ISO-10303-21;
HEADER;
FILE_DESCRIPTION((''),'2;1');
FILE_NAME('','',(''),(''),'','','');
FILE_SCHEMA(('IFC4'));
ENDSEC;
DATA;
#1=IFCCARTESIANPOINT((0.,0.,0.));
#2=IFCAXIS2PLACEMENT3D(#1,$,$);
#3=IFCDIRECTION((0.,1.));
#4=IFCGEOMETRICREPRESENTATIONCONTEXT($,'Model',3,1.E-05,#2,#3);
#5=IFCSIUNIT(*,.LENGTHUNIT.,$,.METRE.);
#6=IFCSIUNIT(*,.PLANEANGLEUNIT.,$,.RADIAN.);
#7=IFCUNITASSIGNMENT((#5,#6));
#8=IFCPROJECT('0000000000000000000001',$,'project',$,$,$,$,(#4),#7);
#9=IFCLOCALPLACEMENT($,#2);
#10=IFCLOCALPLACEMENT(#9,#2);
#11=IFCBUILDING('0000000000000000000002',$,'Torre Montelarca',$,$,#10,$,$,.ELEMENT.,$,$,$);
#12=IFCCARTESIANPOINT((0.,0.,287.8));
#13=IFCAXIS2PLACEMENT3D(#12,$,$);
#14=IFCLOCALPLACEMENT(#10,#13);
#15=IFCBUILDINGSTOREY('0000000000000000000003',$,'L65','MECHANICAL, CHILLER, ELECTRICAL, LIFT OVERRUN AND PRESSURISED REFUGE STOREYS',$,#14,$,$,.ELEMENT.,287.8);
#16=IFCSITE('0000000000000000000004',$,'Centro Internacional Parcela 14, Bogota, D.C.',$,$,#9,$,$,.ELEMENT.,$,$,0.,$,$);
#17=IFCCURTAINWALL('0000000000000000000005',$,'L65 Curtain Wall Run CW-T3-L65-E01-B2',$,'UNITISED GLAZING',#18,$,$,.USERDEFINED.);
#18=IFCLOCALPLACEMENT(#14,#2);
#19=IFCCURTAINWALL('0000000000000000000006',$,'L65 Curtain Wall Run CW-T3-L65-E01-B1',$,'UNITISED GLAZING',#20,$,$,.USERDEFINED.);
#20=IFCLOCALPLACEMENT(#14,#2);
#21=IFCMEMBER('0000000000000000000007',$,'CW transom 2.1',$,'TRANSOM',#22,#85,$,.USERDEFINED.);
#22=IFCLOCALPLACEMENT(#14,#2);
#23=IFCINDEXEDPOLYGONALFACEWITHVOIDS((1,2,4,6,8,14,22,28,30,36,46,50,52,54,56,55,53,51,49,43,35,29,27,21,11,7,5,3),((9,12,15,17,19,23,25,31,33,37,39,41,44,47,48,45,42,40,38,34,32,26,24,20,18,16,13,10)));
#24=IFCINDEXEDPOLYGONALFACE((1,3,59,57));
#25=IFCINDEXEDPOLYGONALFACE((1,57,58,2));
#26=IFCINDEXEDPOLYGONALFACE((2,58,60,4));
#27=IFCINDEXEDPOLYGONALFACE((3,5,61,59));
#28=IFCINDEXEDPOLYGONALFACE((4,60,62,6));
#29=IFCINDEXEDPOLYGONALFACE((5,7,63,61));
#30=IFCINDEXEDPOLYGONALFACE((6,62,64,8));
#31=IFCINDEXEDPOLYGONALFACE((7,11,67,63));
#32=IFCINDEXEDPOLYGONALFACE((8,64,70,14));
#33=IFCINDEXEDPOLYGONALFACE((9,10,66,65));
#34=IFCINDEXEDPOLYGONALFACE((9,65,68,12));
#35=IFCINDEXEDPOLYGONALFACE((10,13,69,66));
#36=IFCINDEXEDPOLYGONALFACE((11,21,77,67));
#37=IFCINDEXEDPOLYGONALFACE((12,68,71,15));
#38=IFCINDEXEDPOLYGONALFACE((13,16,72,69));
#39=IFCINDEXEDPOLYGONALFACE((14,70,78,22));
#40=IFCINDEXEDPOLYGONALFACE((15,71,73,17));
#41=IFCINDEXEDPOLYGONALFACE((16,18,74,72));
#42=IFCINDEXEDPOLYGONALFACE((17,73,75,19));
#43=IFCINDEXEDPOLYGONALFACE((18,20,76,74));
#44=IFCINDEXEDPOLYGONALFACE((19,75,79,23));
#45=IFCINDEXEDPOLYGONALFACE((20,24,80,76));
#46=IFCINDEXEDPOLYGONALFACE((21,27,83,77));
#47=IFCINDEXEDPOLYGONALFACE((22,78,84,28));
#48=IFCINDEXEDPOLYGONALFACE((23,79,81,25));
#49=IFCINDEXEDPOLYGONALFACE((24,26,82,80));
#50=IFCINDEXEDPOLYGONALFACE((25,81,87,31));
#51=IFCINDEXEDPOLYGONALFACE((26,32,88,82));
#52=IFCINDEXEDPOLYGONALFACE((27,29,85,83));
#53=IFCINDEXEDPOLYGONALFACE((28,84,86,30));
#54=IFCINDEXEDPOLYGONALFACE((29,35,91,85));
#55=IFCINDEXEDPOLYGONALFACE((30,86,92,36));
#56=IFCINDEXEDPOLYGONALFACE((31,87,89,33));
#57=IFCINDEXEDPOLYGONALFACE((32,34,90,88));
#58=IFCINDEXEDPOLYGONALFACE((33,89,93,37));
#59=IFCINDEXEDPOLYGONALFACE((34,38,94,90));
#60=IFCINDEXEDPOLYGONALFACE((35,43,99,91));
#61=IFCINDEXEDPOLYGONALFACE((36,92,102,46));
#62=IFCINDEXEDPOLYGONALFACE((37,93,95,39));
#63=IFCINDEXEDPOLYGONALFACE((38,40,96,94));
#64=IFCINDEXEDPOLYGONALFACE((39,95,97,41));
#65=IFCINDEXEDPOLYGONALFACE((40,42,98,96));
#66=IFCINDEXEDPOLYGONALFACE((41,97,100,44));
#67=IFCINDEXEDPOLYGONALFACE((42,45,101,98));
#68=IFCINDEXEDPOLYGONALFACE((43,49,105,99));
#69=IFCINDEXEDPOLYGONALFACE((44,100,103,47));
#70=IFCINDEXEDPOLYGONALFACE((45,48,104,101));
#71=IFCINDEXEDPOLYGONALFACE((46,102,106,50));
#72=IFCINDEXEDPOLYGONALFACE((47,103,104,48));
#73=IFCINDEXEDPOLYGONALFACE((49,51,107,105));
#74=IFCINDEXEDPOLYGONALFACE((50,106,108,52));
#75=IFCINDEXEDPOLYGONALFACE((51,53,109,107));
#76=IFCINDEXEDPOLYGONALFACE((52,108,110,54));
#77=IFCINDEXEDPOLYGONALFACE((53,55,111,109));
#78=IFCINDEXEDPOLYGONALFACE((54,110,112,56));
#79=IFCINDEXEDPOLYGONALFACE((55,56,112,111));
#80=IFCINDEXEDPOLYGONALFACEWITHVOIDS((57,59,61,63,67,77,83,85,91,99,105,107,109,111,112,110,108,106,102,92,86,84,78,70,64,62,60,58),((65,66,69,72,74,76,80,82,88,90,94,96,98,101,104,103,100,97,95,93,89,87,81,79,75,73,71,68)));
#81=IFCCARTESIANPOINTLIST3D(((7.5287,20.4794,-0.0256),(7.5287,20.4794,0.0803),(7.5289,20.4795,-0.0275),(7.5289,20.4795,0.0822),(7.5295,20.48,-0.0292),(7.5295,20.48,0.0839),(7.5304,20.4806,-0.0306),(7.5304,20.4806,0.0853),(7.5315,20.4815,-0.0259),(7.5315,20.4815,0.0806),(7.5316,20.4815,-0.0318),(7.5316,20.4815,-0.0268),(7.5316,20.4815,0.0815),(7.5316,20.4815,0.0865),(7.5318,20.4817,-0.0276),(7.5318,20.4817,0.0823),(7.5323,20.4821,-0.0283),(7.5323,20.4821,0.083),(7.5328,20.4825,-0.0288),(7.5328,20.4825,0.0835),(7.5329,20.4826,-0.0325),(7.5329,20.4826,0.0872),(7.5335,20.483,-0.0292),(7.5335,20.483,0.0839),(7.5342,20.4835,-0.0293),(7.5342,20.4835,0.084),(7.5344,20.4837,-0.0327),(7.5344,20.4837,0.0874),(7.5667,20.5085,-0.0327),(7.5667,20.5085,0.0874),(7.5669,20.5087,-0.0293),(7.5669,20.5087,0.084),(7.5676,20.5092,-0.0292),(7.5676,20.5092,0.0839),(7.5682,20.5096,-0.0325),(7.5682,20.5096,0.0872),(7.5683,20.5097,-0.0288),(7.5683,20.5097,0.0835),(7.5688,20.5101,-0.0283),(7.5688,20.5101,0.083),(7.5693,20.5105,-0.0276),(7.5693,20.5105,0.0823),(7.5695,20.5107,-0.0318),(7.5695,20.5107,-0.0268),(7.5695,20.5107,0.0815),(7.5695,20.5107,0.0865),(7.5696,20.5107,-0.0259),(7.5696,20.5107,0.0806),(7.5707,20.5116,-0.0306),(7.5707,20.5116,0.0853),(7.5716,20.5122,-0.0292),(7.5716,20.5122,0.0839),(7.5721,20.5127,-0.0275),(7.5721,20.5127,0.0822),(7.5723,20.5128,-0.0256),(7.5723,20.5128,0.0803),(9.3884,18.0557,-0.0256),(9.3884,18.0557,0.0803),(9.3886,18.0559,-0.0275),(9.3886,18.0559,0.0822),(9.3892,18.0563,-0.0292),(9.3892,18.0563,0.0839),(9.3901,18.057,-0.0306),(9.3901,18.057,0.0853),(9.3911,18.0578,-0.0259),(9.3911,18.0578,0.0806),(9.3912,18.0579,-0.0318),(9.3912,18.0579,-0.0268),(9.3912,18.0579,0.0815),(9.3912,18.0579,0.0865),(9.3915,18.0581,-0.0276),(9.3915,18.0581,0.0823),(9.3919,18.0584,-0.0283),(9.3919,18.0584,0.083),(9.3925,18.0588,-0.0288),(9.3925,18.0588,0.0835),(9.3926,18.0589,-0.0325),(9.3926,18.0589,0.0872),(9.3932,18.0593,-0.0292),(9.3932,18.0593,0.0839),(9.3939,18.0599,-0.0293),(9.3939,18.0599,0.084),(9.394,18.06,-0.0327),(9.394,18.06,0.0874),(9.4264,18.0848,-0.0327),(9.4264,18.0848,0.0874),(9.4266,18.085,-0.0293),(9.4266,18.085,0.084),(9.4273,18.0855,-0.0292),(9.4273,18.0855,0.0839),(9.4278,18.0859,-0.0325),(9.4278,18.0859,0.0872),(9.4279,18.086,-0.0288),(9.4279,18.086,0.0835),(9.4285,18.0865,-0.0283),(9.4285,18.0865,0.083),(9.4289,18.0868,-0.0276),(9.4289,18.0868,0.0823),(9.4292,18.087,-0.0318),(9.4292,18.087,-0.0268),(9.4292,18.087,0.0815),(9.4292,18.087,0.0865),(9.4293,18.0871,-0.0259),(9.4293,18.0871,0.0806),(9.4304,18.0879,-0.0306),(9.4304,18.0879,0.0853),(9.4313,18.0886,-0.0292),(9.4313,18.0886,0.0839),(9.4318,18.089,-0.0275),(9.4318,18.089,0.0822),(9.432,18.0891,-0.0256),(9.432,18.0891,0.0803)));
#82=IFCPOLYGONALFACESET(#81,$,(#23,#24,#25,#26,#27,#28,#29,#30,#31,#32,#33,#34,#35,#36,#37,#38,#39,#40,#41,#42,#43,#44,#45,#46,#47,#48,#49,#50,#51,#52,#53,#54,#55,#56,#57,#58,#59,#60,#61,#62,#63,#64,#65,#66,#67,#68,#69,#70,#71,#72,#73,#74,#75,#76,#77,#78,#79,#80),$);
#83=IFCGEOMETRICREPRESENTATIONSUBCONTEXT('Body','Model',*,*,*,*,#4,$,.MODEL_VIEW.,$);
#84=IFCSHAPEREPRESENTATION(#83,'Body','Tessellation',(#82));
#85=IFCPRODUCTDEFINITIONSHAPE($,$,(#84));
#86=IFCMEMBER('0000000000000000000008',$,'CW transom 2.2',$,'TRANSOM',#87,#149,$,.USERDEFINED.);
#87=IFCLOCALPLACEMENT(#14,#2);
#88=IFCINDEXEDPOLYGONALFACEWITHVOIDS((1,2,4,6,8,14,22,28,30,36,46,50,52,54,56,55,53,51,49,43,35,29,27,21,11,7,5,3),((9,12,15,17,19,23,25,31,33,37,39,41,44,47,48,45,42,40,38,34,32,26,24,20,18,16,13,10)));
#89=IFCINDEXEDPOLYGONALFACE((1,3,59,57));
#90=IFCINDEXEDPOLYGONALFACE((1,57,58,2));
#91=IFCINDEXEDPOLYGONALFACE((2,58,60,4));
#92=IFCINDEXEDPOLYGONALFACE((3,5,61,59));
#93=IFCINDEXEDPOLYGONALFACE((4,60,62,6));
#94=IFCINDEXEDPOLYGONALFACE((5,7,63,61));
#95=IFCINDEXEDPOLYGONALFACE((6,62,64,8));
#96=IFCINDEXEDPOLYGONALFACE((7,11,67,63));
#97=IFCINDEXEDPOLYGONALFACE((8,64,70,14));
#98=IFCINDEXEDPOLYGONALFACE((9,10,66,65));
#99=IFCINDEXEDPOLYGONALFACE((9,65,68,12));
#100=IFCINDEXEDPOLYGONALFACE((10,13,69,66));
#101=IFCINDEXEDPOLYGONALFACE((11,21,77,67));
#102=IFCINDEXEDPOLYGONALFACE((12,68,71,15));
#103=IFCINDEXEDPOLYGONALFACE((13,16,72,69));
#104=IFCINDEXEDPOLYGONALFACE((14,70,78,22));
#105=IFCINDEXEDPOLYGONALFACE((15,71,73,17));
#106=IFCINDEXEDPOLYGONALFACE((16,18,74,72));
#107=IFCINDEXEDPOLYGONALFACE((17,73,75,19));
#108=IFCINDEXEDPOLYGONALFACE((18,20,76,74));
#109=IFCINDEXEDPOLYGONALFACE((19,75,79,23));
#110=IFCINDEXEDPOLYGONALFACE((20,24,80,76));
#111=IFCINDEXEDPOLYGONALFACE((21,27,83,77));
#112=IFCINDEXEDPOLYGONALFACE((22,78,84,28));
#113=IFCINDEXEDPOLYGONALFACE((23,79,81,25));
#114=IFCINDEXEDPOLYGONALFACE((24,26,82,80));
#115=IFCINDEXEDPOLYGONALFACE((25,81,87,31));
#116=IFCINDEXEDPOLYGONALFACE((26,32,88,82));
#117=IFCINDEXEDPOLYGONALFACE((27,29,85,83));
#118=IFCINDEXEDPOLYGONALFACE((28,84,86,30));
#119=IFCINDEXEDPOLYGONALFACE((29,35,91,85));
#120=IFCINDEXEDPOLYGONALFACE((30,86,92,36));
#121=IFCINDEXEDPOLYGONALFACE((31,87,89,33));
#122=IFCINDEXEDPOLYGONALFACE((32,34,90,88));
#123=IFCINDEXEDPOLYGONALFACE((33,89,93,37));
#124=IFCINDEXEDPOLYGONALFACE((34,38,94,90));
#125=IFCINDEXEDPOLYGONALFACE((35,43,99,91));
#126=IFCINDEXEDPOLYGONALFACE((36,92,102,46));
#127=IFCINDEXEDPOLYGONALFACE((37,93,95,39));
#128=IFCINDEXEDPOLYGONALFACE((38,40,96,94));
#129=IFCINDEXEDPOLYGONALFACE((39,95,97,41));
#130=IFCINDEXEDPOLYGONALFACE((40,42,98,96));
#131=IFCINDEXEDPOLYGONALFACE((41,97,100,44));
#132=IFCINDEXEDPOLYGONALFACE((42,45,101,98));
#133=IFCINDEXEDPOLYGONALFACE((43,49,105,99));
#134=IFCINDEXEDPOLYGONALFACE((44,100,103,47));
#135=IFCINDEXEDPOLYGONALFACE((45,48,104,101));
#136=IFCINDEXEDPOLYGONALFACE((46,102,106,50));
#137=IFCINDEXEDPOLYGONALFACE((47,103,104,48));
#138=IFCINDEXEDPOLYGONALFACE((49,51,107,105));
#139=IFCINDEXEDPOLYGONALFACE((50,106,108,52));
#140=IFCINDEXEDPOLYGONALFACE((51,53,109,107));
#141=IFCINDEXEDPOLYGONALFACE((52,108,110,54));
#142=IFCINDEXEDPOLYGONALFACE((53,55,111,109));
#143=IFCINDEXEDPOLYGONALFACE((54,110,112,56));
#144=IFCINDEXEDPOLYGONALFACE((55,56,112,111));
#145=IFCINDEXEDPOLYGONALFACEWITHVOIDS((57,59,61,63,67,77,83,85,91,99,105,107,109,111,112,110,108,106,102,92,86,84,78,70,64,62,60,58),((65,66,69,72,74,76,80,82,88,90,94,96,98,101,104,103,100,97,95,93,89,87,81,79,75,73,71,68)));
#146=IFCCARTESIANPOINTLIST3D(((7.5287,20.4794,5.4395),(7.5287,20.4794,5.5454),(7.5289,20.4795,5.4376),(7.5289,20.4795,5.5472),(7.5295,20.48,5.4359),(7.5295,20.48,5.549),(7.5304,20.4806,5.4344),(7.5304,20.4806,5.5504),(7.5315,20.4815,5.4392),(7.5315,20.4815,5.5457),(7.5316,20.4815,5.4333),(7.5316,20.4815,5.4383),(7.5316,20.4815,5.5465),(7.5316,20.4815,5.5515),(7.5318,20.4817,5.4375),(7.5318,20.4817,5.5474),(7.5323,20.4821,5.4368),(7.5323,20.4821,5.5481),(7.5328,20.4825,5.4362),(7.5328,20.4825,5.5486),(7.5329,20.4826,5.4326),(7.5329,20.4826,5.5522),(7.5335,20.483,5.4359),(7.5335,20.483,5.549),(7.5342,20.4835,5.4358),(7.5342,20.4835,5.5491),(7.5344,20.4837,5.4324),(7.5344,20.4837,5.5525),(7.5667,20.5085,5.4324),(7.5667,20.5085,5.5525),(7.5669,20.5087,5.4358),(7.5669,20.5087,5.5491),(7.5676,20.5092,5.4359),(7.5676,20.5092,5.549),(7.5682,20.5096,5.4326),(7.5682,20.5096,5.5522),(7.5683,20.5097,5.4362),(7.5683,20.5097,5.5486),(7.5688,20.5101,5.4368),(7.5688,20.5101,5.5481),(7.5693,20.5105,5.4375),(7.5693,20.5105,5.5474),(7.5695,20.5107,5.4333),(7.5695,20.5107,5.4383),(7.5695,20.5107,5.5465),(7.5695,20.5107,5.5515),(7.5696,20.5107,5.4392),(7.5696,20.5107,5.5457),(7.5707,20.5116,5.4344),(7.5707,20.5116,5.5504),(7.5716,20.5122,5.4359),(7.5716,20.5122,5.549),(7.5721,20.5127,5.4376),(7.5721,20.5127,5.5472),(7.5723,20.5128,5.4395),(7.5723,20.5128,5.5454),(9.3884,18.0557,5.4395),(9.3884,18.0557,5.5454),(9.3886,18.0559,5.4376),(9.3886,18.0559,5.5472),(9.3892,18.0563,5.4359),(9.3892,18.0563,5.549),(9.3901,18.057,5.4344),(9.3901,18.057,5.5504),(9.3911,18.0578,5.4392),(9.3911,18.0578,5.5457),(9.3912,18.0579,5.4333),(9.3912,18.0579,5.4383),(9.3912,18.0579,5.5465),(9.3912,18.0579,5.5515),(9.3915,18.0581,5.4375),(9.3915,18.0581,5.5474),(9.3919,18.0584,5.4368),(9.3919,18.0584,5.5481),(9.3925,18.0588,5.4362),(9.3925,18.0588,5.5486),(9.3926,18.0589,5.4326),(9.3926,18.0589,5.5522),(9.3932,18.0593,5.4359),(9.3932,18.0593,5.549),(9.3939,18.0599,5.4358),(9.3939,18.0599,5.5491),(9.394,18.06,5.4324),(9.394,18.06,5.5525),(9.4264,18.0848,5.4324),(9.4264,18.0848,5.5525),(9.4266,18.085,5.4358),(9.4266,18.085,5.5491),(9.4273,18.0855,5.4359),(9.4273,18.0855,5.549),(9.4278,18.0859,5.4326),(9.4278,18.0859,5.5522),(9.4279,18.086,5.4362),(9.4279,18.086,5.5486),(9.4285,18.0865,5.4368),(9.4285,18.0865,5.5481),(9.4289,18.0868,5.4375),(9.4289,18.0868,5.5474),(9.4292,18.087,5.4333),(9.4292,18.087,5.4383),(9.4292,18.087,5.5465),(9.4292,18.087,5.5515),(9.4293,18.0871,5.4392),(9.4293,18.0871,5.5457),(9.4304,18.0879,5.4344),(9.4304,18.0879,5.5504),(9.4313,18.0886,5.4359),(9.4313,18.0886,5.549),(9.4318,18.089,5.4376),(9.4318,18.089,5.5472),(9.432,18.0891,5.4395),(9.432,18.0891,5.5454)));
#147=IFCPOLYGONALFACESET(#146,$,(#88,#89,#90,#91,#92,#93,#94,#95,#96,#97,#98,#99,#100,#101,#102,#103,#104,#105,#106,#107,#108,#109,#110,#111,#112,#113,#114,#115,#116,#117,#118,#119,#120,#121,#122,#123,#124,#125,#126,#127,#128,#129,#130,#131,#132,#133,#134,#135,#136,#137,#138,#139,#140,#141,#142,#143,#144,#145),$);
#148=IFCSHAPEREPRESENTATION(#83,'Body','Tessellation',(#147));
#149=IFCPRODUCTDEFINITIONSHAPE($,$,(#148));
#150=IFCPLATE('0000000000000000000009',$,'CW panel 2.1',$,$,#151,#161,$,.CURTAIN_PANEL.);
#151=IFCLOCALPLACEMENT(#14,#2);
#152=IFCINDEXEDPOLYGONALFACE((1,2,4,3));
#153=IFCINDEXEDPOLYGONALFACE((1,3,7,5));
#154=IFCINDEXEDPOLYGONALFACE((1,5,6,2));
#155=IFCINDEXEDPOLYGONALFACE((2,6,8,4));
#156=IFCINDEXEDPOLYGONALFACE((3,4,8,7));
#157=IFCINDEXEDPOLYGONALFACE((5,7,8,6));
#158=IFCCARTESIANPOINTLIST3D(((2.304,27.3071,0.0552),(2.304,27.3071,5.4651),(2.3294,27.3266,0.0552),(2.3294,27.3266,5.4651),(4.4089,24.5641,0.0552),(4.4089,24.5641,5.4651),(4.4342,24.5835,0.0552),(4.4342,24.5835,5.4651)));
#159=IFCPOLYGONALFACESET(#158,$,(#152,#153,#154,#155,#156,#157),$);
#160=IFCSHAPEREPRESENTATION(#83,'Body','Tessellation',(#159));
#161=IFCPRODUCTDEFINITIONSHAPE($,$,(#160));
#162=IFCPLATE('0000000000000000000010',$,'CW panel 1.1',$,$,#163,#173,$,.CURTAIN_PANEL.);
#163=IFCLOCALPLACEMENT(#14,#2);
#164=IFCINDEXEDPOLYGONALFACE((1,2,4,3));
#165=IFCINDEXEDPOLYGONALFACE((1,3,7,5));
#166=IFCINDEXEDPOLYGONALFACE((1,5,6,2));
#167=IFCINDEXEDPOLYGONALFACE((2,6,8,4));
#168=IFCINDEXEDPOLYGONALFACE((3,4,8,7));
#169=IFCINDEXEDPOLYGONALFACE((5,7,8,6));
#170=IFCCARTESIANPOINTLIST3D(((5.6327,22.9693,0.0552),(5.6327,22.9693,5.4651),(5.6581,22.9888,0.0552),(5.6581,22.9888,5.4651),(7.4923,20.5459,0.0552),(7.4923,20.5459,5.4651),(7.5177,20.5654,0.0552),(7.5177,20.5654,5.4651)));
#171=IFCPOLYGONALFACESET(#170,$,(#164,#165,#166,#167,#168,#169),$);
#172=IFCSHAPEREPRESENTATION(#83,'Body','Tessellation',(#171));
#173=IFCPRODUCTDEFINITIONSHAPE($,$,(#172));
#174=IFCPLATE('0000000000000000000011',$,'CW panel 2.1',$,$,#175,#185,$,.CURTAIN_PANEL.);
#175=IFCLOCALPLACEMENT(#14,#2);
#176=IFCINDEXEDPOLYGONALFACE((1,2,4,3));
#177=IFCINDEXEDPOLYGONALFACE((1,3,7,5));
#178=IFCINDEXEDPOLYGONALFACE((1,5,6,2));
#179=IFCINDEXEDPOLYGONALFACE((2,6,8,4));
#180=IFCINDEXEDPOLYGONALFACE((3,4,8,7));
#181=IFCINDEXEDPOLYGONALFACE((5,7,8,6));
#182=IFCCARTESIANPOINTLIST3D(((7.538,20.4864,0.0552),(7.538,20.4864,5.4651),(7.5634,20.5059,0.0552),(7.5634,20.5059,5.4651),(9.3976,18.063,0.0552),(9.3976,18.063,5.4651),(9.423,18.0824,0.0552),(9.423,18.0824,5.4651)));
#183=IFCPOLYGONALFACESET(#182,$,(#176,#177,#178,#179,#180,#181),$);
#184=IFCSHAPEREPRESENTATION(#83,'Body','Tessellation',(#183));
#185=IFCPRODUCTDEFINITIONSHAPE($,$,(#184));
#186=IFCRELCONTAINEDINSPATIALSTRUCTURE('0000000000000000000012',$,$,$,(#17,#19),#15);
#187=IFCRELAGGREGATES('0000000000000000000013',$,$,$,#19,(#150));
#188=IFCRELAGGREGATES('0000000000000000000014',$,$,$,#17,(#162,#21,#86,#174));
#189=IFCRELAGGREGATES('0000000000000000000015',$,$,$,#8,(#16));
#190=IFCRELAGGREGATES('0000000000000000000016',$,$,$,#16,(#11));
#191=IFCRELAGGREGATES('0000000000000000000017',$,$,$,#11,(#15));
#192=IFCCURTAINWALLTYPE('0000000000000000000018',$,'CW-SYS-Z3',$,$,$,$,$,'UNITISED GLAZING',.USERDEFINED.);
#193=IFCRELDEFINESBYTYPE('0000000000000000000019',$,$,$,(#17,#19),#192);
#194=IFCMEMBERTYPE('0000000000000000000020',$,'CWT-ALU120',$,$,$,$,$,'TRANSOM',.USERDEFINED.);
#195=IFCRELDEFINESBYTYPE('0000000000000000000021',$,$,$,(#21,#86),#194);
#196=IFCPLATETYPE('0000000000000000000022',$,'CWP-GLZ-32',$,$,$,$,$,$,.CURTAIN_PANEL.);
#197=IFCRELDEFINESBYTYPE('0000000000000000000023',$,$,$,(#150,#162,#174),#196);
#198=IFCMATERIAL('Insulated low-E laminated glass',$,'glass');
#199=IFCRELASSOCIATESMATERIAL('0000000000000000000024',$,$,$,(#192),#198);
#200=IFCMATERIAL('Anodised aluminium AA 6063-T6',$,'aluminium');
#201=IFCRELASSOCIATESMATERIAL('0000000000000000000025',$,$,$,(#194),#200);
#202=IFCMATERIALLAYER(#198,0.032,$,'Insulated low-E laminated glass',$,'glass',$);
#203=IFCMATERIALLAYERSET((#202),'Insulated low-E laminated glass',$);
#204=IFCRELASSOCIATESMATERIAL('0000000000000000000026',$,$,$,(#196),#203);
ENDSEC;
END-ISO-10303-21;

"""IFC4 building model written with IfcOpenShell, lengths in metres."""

from ifc_helpers import new_model, si_unit, direction, frame, origin, origin_2d, place, context, subcontext, project, spatial, rectangle, hollow_rectangle, extrude, source, transform, mapped, material, layer, layer_set, material_profile, profile_set, type_object, element, aggregate, save


model = new_model("IFC4")

# Units and contexts
model_context = context("Model", 3, precision=1e-05, world=origin(), true_north=direction((0.0, 1.0)))
body_context = subcontext(model_context, "Body", "Model", "MODEL_VIEW")
ifc_project = project(units=[si_unit("LENGTHUNIT", "METRE"), si_unit("PLANEANGLEUNIT", "RADIAN")], contexts=[model_context])

# Site, building, storey
site_placement = place(None, origin())
site = spatial("IfcSite", under=ifc_project, at=site_placement, Name="Centro Internacional Parcela 14, Bogota, D.C.", CompositionType="ELEMENT", RefElevation=0.0)
building_placement = place(site_placement, origin())
building = spatial("IfcBuilding", under=site, at=building_placement, Name="Torre Montelarca", CompositionType="ELEMENT")
storey_placement = place(building_placement, frame((0.0, 0.0, 287.8)))
storey = spatial("IfcBuildingStorey", under=building, at=storey_placement, Name="L65", Description="MECHANICAL, CHILLER, ELECTRICAL, LIFT OVERRUN AND PRESSURISED REFUGE STOREYS", CompositionType="ELEMENT", Elevation=287.8)

# Curtain wall
ifc_material_1 = material(Name="Insulated low-E laminated glass", Category="glass")
curtain_wall_type = type_object("IfcCurtainWallType", Name="CW-SYS-Z3", ElementType="UNITISED GLAZING", PredefinedType="USERDEFINED", material=ifc_material_1)
curtain_wall_1_placement = place(storey_placement, origin())
curtain_wall_1 = element("IfcCurtainWall", 1, at=curtain_wall_1_placement, inside=storey, type_object=curtain_wall_type, Name="L65 Curtain Wall Run CW-T3-L65-E01-B2", ObjectType="UNITISED GLAZING", PredefinedType="USERDEFINED")
ifc_material_2 = material(Name="Anodised aluminium AA 6063-T6", Category="aluminium")
ifc_material_profile_1 = material_profile(ifc_material_2, hollow_rectangle(XDim=0.0549, YDim=0.1201, WallThickness=0.0034, InnerFilletRadius=0.0034, OuterFilletRadius=0.0071, at=origin_2d()), Name="ALU55X120X3.5", Category="aluminium")
ifc_profile_set_1 = profile_set([ifc_material_profile_1], Name="Anodised aluminium AA 6063-T6")
member_type_1 = type_object("IfcMemberType", Name="CWT-ALU120", ElementType="TRANSOM", PredefinedType="USERDEFINED", material=ifc_profile_set_1)

# Curtain wall
curtain_wall_2_placement = place(storey_placement, origin())
curtain_wall_2 = element("IfcCurtainWall", 2, at=curtain_wall_2_placement, inside=storey, type_object=curtain_wall_type, Name="L65 Curtain Wall Run CW-T3-L65-E01-B1", ObjectType="UNITISED GLAZING", PredefinedType="USERDEFINED")

# Members
shared_shape_1 = source(origin(), body_context, "Body", "SweptSolid", [
    extrude(hollow_rectangle(XDim=0.0549, YDim=0.1201, WallThickness=0.0034, InnerFilletRadius=0.0034, OuterFilletRadius=0.0071, at=origin_2d()), origin(), (0.0, 0.0, 1.0), 3.0549),
])
member_1_placement = place(storey_placement, frame((7.5505, 20.4961, 0.0273), z_axis=(0.608749, -0.793363, 0.0), x_axis=(0.793363, 0.608749, 0.0)))
member_1 = element("IfcMember", 3, at=member_1_placement, type_object=member_type_1, Name="CW transom 2.1", ObjectType="TRANSOM", PredefinedType="USERDEFINED", context=body_context, shape_type="MappedRepresentation", body=[
    mapped(shared_shape_1, transform((0.0, 0.0, 0.0), scale=1.0)),
])
member_2_placement = place(storey_placement, frame((7.5505, 20.4961, 5.4924), z_axis=(0.608749, -0.793363, 0.0), x_axis=(0.793363, 0.608749, 0.0)))
member_2 = element("IfcMember", 4, at=member_2_placement, type_object=member_type_1, Name="CW transom 2.2", ObjectType="TRANSOM", PredefinedType="USERDEFINED", context=body_context, shape_type="MappedRepresentation", body=[
    mapped(shared_shape_1, transform((0.0, 0.0, 0.0), scale=1.0)),
])

# Plates
ifc_layer_1 = layer(ifc_material_1, 0.032, Name="Insulated low-E laminated glass", Category="glass")
ifc_layer_set_1 = layer_set([ifc_layer_1], Name="Insulated low-E laminated glass")
plate_type = type_object("IfcPlateType", Name="CWP-GLZ-32", PredefinedType="CURTAIN_PANEL", material=ifc_layer_set_1)
shared_shape_2 = source(origin(), body_context, "Body", "SweptSolid", [
    extrude(rectangle(XDim=3.4575, YDim=0.032, at=origin_2d()), origin(), (0.0, 0.0, 1.0), 5.4099),
])
plate_1_placement = place(storey_placement, frame((3.3691, 25.9453, 0.0552), z_axis=(0.0, 0.0, 1.0), x_axis=(0.608768, -0.793348, 0.0)))
plate_1 = element("IfcPlate", 5, at=plate_1_placement, type_object=plate_type, Name="CW panel 2.1", PredefinedType="CURTAIN_PANEL", context=body_context, shape_type="MappedRepresentation", body=[
    mapped(shared_shape_2, transform((0.0, 0.0, 0.0), scale=1.0)),
])
aggregate(curtain_wall_2, [plate_1])
shared_shape_3 = source(origin(), body_context, "Body", "SweptSolid", [
    extrude(rectangle(XDim=3.0547, YDim=0.032, at=origin_2d()), origin(), (0.0, 0.0, 1.0), 5.4099),
])
plate_2_placement = place(storey_placement, frame((6.5752, 21.7673, 0.0552), z_axis=(0.0, 0.0, 1.0), x_axis=(0.608771, -0.793346, 0.0)))
plate_2 = element("IfcPlate", 6, at=plate_2_placement, type_object=plate_type, Name="CW panel 1.1", PredefinedType="CURTAIN_PANEL", context=body_context, shape_type="MappedRepresentation", body=[
    mapped(shared_shape_3, transform((0.0, 0.0, 0.0), scale=1.0)),
])
plate_3_placement = place(storey_placement, frame((8.4805, 19.2844, 0.0552), z_axis=(0.0, 0.0, 1.0), x_axis=(0.608771, -0.793346, 0.0)))
plate_3 = element("IfcPlate", 7, at=plate_3_placement, type_object=plate_type, Name="CW panel 2.1", PredefinedType="CURTAIN_PANEL", context=body_context, shape_type="MappedRepresentation", body=[
    mapped(shared_shape_3, transform((0.0, 0.0, 0.0), scale=1.0)),
])
aggregate(curtain_wall_1, [plate_2, member_1, member_2, plate_3])

save(model, "model.ifc")
